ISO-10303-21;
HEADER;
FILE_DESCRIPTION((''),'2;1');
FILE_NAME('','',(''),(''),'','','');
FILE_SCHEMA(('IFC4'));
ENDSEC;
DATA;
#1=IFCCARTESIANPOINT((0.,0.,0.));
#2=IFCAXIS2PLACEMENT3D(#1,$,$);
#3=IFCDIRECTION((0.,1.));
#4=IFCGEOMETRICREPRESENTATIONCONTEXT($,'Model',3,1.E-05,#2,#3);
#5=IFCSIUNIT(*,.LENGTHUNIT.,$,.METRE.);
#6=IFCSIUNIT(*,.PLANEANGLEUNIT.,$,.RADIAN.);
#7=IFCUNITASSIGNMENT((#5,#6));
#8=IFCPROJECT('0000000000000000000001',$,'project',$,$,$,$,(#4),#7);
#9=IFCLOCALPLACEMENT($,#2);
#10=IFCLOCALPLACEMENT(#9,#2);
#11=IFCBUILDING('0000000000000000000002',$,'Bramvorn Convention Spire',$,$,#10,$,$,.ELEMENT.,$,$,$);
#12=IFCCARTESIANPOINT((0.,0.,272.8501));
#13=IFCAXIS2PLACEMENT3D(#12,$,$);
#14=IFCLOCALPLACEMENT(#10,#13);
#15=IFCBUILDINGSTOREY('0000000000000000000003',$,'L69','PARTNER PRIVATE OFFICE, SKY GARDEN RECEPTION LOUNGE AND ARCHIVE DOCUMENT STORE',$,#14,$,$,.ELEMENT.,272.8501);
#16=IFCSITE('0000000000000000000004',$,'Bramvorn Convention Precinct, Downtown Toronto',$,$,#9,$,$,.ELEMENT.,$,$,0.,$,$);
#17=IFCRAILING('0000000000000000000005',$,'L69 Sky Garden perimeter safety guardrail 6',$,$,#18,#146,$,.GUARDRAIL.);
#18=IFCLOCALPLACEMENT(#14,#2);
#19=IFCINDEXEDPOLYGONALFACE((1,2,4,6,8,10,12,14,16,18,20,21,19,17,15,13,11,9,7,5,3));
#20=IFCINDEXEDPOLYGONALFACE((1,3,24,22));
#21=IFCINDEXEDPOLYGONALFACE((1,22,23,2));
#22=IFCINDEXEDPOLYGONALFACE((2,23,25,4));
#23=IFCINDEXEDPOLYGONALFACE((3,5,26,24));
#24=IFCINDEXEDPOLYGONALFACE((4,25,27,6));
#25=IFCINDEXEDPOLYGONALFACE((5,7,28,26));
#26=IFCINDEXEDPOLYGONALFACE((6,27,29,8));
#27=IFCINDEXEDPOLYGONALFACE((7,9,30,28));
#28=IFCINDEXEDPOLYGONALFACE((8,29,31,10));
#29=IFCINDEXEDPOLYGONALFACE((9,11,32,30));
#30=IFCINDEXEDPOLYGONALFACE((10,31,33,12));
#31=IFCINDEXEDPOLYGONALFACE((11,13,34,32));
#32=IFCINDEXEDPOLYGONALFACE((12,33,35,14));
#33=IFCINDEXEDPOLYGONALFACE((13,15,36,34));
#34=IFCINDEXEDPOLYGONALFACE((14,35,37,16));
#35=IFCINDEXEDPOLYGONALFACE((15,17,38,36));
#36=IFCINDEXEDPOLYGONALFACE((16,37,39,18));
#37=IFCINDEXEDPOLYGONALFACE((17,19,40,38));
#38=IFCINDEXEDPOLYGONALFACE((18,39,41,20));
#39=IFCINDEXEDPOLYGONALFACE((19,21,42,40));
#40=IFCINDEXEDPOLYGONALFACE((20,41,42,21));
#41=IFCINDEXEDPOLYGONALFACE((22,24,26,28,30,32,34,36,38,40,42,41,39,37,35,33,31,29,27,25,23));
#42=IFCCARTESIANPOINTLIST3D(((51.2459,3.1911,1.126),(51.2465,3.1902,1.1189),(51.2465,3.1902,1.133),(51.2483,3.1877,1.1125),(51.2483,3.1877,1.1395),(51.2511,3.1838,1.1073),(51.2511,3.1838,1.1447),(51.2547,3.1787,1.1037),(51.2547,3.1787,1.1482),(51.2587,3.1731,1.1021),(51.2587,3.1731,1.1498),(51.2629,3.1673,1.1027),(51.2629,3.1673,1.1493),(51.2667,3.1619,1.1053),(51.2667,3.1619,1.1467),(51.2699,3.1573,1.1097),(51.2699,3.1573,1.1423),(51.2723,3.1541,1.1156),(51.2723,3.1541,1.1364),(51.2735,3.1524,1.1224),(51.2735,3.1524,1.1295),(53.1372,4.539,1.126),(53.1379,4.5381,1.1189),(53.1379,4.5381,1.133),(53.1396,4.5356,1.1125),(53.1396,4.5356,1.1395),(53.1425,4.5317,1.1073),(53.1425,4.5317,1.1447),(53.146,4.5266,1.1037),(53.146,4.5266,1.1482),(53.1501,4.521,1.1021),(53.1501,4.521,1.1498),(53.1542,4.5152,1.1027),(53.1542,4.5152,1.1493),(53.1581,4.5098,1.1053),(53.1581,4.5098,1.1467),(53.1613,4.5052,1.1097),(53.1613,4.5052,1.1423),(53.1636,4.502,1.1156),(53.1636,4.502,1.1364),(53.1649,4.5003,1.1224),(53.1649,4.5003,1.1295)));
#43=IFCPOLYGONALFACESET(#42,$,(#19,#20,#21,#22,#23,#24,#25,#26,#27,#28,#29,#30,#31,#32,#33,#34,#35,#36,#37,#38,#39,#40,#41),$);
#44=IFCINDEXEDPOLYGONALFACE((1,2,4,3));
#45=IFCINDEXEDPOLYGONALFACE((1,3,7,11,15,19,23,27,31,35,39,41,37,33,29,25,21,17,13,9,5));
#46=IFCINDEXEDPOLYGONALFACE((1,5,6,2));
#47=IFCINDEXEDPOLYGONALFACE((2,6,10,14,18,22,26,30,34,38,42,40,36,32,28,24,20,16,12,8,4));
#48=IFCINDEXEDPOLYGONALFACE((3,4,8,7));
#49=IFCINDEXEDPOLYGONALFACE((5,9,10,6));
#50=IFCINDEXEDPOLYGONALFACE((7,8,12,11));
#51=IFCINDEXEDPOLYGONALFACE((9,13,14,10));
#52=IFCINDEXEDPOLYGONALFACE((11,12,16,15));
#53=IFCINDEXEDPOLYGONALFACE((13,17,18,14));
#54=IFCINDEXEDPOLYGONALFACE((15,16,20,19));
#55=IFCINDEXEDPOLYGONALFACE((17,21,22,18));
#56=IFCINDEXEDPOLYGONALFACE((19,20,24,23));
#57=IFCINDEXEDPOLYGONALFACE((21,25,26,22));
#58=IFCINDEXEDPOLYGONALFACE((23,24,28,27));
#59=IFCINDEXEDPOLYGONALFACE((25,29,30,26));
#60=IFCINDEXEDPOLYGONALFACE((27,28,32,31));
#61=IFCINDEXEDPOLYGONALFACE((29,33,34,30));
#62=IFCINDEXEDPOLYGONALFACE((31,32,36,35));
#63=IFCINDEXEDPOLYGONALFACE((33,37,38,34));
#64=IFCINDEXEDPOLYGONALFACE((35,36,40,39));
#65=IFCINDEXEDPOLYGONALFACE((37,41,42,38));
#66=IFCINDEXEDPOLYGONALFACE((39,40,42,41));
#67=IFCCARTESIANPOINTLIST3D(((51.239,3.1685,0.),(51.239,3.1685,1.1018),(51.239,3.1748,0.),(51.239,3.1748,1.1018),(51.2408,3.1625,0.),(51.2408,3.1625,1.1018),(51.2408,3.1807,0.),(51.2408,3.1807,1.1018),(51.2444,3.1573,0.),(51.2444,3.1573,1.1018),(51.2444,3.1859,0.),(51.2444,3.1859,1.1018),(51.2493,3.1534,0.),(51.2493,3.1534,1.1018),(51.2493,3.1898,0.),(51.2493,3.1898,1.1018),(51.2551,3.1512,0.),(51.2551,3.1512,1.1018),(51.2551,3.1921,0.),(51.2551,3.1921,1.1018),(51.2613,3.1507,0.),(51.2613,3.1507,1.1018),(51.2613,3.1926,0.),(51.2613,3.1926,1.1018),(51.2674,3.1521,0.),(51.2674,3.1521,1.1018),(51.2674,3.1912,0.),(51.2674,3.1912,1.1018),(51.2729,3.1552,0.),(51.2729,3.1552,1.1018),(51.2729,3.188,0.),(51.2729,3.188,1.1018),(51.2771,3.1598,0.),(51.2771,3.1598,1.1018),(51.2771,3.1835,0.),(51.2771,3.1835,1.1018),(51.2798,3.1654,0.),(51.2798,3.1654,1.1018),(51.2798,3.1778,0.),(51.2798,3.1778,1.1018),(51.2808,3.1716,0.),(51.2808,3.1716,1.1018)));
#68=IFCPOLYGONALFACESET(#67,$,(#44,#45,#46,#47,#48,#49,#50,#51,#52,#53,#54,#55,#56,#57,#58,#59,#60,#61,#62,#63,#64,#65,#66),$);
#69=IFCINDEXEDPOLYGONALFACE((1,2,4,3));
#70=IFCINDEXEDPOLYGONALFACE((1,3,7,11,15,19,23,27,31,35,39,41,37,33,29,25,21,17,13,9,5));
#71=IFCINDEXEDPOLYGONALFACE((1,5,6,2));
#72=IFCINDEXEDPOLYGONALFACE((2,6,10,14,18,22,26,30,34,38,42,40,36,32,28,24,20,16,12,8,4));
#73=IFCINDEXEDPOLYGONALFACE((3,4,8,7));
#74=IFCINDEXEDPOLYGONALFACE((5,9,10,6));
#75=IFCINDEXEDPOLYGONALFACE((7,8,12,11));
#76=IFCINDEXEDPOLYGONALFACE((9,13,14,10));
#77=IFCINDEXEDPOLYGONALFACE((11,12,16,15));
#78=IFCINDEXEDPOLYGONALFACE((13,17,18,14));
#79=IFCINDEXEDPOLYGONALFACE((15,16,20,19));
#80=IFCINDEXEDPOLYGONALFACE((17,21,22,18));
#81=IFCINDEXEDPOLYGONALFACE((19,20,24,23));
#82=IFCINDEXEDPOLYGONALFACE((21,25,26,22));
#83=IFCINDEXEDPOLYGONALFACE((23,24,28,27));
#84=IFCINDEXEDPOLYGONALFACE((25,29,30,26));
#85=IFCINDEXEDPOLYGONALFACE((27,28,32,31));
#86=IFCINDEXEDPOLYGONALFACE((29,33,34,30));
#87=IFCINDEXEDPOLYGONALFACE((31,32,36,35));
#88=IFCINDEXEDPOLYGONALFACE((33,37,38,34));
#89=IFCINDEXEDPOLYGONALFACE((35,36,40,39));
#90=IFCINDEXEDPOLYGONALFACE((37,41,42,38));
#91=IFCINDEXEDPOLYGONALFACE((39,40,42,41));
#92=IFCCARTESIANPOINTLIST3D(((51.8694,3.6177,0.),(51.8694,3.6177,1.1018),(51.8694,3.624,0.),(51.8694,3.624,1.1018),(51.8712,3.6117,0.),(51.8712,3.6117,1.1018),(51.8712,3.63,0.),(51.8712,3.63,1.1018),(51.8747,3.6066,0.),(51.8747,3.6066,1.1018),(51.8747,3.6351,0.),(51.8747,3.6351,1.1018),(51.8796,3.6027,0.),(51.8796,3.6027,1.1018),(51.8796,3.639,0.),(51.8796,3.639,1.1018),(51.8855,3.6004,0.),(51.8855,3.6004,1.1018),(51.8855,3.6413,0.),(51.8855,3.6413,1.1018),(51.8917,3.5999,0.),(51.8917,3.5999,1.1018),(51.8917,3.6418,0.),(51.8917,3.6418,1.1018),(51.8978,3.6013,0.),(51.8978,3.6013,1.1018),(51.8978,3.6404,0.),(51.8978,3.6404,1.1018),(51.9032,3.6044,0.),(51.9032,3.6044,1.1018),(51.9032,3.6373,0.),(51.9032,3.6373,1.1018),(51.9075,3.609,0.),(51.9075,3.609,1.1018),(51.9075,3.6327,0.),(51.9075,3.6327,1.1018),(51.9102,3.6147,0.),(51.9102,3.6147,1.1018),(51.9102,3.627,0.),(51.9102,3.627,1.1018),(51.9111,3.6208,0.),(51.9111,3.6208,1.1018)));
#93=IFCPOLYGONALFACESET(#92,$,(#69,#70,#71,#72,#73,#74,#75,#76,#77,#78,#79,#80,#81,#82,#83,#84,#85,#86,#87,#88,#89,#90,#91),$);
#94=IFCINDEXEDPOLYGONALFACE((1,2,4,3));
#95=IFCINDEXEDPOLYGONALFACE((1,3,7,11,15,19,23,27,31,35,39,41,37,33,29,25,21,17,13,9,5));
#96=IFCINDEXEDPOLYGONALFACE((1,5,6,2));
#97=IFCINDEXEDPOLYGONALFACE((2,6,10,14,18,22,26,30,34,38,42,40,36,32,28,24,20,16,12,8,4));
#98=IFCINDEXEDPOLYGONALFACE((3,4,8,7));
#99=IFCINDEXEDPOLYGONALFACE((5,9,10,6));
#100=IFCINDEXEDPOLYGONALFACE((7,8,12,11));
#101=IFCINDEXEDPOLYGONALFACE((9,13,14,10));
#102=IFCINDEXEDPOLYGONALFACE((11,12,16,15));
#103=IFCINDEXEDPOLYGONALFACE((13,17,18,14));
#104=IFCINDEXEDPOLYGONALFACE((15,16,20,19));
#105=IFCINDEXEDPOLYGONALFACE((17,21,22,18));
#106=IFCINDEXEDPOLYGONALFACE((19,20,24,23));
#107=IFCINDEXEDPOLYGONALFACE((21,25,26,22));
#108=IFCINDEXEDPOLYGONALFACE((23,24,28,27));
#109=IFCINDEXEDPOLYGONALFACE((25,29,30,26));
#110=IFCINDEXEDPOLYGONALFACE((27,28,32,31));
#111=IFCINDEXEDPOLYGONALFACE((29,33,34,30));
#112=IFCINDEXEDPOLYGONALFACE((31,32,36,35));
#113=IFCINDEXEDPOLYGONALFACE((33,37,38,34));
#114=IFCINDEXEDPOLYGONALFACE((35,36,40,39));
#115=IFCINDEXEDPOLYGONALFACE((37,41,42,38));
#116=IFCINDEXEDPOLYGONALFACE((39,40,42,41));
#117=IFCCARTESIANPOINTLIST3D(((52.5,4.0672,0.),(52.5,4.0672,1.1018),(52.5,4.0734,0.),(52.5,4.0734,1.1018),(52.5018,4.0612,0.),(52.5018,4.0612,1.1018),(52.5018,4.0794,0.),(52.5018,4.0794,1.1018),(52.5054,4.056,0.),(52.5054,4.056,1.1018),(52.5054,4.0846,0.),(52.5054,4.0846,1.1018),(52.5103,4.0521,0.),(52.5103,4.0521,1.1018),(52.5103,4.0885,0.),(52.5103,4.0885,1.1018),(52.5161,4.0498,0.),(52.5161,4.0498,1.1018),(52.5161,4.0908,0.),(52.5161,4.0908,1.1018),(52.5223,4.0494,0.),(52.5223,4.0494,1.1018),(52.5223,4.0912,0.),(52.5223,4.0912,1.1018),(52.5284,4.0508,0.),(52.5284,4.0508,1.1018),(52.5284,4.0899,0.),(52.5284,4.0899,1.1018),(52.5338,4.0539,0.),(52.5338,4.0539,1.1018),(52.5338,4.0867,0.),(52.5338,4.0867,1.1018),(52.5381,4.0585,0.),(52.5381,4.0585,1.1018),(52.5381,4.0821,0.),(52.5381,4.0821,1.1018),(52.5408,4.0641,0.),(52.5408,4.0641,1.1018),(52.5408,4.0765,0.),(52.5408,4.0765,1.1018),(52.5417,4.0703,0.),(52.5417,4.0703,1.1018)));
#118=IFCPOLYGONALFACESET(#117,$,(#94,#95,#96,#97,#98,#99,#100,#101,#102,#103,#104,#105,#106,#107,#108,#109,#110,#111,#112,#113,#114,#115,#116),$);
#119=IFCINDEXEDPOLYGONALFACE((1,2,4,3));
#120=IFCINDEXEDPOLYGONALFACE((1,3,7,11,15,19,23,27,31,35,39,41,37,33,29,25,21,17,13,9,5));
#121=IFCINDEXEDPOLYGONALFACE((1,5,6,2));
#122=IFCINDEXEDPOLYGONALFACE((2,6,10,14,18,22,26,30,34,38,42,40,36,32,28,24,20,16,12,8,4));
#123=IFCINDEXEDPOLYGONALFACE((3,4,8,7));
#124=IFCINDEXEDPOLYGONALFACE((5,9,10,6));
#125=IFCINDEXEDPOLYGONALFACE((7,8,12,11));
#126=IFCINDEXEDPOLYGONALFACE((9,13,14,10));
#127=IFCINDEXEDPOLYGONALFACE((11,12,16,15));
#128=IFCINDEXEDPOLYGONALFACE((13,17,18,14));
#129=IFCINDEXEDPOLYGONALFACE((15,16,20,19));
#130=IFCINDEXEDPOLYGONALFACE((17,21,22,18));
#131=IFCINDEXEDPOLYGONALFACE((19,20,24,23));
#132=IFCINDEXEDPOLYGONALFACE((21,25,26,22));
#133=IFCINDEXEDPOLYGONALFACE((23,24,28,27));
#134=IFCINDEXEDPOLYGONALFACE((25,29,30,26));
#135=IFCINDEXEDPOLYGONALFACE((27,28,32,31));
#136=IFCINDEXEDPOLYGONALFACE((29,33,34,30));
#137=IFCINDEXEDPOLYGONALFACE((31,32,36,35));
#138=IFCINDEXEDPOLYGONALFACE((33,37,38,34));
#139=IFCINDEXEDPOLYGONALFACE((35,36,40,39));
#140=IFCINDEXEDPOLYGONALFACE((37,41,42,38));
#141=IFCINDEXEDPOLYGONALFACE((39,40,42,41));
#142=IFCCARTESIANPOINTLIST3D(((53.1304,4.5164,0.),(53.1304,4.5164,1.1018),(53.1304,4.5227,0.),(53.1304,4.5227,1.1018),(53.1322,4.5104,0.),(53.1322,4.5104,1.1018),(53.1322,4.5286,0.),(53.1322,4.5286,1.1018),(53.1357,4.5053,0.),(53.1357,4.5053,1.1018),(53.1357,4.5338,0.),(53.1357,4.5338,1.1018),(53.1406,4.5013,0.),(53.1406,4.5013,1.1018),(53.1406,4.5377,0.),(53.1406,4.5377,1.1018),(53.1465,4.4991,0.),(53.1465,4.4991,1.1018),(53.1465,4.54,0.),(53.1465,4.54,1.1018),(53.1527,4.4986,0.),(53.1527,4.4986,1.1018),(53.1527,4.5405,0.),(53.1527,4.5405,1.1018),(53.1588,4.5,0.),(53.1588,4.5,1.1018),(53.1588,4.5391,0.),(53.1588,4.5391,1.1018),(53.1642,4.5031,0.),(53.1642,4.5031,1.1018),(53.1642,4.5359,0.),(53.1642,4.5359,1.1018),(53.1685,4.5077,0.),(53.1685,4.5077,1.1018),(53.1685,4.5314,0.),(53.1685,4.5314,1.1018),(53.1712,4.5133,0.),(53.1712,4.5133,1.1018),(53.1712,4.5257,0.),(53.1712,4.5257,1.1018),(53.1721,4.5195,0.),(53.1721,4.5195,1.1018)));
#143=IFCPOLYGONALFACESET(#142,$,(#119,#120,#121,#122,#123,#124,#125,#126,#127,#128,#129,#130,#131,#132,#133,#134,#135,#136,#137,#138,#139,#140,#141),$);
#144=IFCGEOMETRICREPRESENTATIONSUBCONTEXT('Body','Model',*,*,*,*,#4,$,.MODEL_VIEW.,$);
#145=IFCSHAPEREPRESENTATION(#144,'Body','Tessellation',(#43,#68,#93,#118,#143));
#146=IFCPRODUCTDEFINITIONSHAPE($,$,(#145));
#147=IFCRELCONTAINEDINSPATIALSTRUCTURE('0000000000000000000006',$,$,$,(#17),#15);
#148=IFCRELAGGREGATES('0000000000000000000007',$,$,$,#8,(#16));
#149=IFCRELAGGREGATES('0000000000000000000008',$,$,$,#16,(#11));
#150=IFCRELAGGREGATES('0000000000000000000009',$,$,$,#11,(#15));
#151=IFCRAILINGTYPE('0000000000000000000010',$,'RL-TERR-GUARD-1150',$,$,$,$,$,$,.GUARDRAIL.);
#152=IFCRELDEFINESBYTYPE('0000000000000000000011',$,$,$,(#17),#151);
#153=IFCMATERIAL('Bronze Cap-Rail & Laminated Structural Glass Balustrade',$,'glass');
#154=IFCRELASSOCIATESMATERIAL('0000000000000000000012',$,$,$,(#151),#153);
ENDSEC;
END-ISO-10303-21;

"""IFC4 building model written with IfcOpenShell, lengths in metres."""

from ifc_helpers import new_model, si_unit, direction, frame, origin, origin_2d, place, context, subcontext, project, spatial, circle, extrude, material, type_object, element, save


model = new_model("IFC4")

# Units and contexts
model_context = context("Model", 3, precision=1e-05, world=origin(), true_north=direction((0.0, 1.0)))
body_context = subcontext(model_context, "Body", "Model", "MODEL_VIEW")
ifc_project = project(units=[si_unit("LENGTHUNIT", "METRE"), si_unit("PLANEANGLEUNIT", "RADIAN")], contexts=[model_context])

# Site, building, storey
site_placement = place(None, origin())
site = spatial("IfcSite", under=ifc_project, at=site_placement, Name="Bramvorn Convention Precinct, Downtown Toronto", CompositionType="ELEMENT", RefElevation=0.0)
building_placement = place(site_placement, origin())
building = spatial("IfcBuilding", under=site, at=building_placement, Name="Bramvorn Convention Spire", CompositionType="ELEMENT")
storey_placement = place(building_placement, frame((0.0, 0.0, 272.8501)))
storey = spatial("IfcBuildingStorey", under=building, at=storey_placement, Name="L69", Description="PARTNER PRIVATE OFFICE, SKY GARDEN RECEPTION LOUNGE AND ARCHIVE DOCUMENT STORE", CompositionType="ELEMENT", Elevation=272.8501)

# Railing
ifc_material_1 = material(Name="Bronze Cap-Rail & Laminated Structural Glass Balustrade", Category="glass")
railing_type = type_object("IfcRailingType", Name="RL-TERR-GUARD-1150", PredefinedType="GUARDRAIL", material=ifc_material_1)
railing_1_placement = place(storey_placement, frame((51.2598, 3.1716, 0.0)))
element("IfcRailing", 1, at=railing_1_placement, inside=storey, type_object=railing_type, Name="L69 Sky Garden perimeter safety guardrail 6", PredefinedType="GUARDRAIL", context=body_context, shape_type="SweptSolid", body=[
    extrude(circle(Radius=0.0239, at=origin_2d()), frame((0.0, 0.0, 1.126), z_axis=(0.814358, 0.580363, 0.0), x_axis=(-0.580363, 0.814358, 0.0)), (0.0, 0.0, 1.0), 2.3225),
    extrude(circle(Radius=0.021, at=origin_2d()), origin(), (0.0, 0.0, 1.0), 1.1018),
    extrude(circle(Radius=0.021, at=origin_2d()), frame((0.6304, 0.4492, 0.0)), (0.0, 0.0, 1.0), 1.1018),
    extrude(circle(Radius=0.021, at=origin_2d()), frame((1.261, 0.8987, 0.0)), (0.0, 0.0, 1.0), 1.1018),
    extrude(circle(Radius=0.021, at=origin_2d()), frame((1.8914, 1.3479, 0.0)), (0.0, 0.0, 1.0), 1.1018),
])

save(model, "model.ifc")
